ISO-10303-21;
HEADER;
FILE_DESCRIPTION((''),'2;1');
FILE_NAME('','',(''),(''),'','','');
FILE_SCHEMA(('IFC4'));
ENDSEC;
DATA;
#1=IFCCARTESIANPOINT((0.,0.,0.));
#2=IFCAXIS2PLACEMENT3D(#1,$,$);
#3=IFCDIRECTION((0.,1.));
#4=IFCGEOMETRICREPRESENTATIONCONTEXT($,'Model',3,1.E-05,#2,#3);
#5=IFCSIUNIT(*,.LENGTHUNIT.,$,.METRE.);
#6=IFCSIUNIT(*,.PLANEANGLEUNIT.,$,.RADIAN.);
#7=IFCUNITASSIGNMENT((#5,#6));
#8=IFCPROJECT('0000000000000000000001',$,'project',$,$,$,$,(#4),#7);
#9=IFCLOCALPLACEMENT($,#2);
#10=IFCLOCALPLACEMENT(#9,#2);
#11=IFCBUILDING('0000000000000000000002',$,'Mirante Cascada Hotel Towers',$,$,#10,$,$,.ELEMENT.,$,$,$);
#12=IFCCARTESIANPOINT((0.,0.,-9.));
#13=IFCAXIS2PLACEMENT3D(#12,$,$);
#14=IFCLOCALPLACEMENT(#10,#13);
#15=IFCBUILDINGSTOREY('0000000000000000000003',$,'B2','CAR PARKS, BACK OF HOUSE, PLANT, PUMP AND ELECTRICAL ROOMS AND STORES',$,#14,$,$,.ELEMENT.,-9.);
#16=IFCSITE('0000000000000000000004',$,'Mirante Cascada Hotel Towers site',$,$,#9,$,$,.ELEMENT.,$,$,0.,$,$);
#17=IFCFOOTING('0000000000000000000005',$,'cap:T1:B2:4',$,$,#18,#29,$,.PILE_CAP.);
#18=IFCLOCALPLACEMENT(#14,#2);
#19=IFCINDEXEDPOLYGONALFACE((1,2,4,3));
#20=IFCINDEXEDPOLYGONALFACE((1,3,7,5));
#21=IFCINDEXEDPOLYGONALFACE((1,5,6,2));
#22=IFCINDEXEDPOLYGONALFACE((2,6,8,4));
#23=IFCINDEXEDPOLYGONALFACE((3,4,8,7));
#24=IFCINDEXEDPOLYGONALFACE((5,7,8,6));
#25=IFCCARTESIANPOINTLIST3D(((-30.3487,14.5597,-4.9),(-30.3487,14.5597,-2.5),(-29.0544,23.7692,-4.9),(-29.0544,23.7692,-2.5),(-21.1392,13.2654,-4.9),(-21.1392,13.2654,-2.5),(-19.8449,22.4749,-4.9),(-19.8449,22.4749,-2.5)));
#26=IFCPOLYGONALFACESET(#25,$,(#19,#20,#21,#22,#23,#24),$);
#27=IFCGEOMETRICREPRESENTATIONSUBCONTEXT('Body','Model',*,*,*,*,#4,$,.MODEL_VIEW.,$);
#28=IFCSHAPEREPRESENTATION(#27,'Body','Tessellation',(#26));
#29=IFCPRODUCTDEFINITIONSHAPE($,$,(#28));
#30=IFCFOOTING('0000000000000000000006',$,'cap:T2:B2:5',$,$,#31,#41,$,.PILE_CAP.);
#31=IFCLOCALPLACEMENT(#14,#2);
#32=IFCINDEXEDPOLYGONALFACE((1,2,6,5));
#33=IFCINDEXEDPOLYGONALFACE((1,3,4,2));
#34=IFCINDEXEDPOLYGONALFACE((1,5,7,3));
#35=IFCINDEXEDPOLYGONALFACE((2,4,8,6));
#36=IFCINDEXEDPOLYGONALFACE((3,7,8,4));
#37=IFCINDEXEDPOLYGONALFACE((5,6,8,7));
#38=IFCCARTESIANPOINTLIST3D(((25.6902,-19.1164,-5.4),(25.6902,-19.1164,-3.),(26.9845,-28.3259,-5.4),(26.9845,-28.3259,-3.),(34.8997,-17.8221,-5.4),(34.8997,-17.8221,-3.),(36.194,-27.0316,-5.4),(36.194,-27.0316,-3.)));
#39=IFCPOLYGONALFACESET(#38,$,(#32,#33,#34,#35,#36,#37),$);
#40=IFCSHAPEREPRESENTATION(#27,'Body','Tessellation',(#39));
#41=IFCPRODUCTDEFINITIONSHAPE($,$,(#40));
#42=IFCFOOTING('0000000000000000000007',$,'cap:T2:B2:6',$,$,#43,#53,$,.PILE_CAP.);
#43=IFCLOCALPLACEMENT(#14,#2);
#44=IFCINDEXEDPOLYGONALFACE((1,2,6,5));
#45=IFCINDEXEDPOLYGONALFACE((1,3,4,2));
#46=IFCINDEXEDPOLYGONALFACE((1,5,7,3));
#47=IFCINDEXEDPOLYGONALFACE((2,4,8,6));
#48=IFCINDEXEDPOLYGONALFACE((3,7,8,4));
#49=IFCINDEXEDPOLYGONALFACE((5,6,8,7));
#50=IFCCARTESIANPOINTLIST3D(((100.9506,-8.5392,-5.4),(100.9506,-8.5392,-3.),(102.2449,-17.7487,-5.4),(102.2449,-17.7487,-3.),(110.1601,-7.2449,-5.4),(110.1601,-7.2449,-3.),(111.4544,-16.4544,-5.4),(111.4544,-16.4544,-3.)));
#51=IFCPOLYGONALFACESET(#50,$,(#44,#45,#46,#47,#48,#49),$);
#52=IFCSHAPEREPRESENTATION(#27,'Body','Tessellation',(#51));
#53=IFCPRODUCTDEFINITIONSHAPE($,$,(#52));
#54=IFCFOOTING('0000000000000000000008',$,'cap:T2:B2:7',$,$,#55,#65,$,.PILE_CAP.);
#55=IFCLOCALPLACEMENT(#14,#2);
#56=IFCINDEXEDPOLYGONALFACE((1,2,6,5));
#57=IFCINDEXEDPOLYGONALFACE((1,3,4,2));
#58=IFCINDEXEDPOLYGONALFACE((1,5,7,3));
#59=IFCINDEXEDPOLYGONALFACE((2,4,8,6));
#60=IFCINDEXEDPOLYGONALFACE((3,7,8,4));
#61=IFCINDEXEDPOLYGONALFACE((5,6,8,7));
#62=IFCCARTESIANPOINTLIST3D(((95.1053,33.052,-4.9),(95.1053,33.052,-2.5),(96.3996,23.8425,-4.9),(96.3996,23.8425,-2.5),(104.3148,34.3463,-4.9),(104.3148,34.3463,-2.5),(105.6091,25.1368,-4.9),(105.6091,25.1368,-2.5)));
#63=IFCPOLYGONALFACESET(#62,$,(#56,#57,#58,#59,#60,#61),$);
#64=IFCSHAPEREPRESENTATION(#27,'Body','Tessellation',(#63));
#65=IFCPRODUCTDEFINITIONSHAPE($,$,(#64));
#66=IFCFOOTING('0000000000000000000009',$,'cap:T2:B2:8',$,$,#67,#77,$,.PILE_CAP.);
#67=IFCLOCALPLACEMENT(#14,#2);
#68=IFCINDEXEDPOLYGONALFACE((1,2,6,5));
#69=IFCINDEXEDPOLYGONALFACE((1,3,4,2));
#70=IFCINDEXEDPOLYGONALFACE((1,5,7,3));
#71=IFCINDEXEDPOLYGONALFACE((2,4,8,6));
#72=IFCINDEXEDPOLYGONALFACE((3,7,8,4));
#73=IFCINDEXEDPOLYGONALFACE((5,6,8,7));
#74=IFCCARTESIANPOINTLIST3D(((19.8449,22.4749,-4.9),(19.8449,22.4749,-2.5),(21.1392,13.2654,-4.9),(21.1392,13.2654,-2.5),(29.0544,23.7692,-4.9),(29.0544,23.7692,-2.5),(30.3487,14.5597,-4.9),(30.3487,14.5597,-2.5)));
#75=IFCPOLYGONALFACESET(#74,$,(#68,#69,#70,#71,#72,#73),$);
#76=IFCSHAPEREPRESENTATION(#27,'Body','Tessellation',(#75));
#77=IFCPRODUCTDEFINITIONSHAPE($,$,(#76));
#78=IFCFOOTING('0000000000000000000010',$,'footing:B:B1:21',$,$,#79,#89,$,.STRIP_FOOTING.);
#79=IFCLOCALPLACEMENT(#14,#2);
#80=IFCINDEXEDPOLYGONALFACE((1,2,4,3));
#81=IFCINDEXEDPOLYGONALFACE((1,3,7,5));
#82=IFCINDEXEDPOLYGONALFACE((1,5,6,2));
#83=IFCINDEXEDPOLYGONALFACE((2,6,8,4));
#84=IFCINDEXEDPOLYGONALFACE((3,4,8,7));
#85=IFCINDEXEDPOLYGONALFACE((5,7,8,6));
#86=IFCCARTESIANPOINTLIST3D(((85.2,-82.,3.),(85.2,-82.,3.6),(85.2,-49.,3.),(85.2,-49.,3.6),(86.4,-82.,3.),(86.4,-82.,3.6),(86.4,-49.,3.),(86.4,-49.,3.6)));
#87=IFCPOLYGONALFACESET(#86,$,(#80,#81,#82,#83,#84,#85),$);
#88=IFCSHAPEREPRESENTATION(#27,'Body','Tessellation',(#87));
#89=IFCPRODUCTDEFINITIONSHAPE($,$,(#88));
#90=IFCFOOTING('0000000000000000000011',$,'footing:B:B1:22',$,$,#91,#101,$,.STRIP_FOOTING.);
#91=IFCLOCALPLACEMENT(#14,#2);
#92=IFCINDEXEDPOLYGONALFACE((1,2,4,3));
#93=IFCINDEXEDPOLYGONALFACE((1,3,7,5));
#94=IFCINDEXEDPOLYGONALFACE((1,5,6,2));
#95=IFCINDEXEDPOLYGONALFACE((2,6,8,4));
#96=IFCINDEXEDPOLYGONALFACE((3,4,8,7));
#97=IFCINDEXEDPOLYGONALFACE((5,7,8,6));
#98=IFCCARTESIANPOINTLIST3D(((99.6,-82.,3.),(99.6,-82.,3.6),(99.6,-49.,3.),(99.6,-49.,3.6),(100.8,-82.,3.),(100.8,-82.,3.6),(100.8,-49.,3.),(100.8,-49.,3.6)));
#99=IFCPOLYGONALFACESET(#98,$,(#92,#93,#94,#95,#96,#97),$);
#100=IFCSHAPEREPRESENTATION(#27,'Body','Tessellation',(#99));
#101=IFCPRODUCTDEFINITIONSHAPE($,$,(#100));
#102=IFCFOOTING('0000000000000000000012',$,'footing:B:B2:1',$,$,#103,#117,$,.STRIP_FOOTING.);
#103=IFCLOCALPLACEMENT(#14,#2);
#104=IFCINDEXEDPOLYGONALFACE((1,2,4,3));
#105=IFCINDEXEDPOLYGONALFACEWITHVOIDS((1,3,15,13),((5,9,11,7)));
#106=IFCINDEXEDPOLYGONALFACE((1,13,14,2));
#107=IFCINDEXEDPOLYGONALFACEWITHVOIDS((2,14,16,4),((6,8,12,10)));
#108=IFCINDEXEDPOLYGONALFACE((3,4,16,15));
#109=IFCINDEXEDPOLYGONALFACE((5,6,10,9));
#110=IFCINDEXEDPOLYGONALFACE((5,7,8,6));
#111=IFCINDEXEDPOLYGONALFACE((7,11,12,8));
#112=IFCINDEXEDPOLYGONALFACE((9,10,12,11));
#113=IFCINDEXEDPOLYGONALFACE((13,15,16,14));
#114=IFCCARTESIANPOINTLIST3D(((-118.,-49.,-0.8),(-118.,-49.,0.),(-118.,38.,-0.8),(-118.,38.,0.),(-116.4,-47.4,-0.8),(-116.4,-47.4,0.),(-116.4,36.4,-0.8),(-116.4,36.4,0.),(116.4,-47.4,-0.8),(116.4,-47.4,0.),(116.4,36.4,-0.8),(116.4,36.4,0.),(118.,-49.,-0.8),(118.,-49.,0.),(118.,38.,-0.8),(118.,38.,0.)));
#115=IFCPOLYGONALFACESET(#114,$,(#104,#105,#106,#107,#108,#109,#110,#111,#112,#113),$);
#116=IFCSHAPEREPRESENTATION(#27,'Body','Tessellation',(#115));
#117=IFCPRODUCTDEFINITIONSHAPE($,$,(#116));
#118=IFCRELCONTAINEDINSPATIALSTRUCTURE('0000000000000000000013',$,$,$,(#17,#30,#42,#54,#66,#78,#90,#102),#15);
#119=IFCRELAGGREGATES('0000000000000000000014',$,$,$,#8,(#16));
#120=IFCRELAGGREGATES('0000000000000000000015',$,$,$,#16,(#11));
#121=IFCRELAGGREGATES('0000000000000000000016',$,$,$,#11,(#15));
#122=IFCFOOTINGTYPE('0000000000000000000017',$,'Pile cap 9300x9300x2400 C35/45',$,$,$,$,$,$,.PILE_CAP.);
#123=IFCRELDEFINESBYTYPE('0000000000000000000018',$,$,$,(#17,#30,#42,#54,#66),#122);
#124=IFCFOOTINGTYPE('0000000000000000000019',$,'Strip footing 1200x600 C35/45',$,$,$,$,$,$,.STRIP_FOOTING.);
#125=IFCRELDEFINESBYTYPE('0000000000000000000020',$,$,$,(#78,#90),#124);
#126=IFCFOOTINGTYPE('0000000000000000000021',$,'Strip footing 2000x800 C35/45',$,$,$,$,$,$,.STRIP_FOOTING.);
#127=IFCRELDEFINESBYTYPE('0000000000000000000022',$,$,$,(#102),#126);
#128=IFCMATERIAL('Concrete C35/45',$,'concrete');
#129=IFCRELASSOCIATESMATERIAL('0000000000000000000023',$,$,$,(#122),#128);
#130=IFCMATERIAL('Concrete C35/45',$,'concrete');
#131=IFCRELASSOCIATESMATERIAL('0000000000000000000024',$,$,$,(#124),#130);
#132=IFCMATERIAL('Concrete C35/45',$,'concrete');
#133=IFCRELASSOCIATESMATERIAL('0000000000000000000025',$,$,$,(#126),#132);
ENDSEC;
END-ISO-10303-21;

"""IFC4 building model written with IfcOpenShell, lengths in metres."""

from ifc_helpers import new_model, si_unit, direction, frame, origin, place, context, subcontext, project, spatial, polyline, outline, extrude, material, type_object, element, save


model = new_model("IFC4")

# Units and contexts
model_context = context("Model", 3, precision=1e-05, world=origin(), true_north=direction((0.0, 1.0)))
body_context = subcontext(model_context, "Body", "Model", "MODEL_VIEW")
ifc_project = project(units=[si_unit("LENGTHUNIT", "METRE"), si_unit("PLANEANGLEUNIT", "RADIAN")], contexts=[model_context])

# Site, building, storey
site_placement = place(None, origin())
site = spatial("IfcSite", under=ifc_project, at=site_placement, Name="Mirante Cascada Hotel Towers site", CompositionType="ELEMENT", RefElevation=0.0)
building_placement = place(site_placement, origin())
building = spatial("IfcBuilding", under=site, at=building_placement, Name="Mirante Cascada Hotel Towers", CompositionType="ELEMENT")
storey_placement = place(building_placement, frame((0.0, 0.0, -9.0)))
storey = spatial("IfcBuildingStorey", under=building, at=storey_placement, Name="B2", Description="CAR PARKS, BACK OF HOUSE, PLANT, PUMP AND ELECTRICAL ROOMS AND STORES", CompositionType="ELEMENT", Elevation=-9.0)

# Footings
ifc_material_1 = material(Name="Concrete C35/45", Category="concrete")
footing_type_1 = type_object("IfcFootingType", Name="Pile cap 9300x9300x2400 C35/45", PredefinedType="PILE_CAP", material=ifc_material_1)
footing_1_placement = place(storey_placement, frame((0.0, 0.0, -4.9)))
element("IfcFooting", 1, at=footing_1_placement, inside=storey, type_object=footing_type_1, Name="cap:T1:B2:4", PredefinedType="PILE_CAP", context=body_context, shape_type="SweptSolid", body=[
    extrude(outline(polyline([(-30.3487, 14.5597), (-29.0544, 23.7692), (-19.8449, 22.4749), (-21.1392, 13.2654), (-30.3487, 14.5597)])), origin(), (0.0, 0.0, 1.0), 2.4),
])
footing_2_placement = place(storey_placement, frame((0.0, 0.0, -5.4)))
element("IfcFooting", 2, at=footing_2_placement, inside=storey, type_object=footing_type_1, Name="cap:T2:B2:5", PredefinedType="PILE_CAP", context=body_context, shape_type="SweptSolid", body=[
    extrude(outline(polyline([(36.194, -27.0316), (34.8997, -17.8221), (25.6902, -19.1164), (26.9845, -28.3259), (36.194, -27.0316)])), origin(), (0.0, 0.0, 1.0), 2.4),
])
footing_3_placement = place(storey_placement, frame((0.0, 0.0, -5.4)))
element("IfcFooting", 3, at=footing_3_placement, inside=storey, type_object=footing_type_1, Name="cap:T2:B2:6", PredefinedType="PILE_CAP", context=body_context, shape_type="SweptSolid", body=[
    extrude(outline(polyline([(111.4544, -16.4544), (110.1601, -7.2449), (100.9506, -8.5392), (102.2449, -17.7487), (111.4544, -16.4544)])), origin(), (0.0, 0.0, 1.0), 2.4),
])
footing_4_placement = place(storey_placement, frame((0.0, 0.0, -4.9)))
element("IfcFooting", 4, at=footing_4_placement, inside=storey, type_object=footing_type_1, Name="cap:T2:B2:7", PredefinedType="PILE_CAP", context=body_context, shape_type="SweptSolid", body=[
    extrude(outline(polyline([(105.6091, 25.1368), (104.3148, 34.3463), (95.1053, 33.052), (96.3996, 23.8425), (105.6091, 25.1368)])), origin(), (0.0, 0.0, 1.0), 2.4),
])
footing_5_placement = place(storey_placement, frame((0.0, 0.0, -4.9)))
element("IfcFooting", 5, at=footing_5_placement, inside=storey, type_object=footing_type_1, Name="cap:T2:B2:8", PredefinedType="PILE_CAP", context=body_context, shape_type="SweptSolid", body=[
    extrude(outline(polyline([(30.3487, 14.5597), (29.0544, 23.7692), (19.8449, 22.4749), (21.1392, 13.2654), (30.3487, 14.5597)])), origin(), (0.0, 0.0, 1.0), 2.4),
])
ifc_material_2 = material(Name="Concrete C35/45", Category="concrete")
footing_type_2 = type_object("IfcFootingType", Name="Strip footing 1200x600 C35/45", PredefinedType="STRIP_FOOTING", material=ifc_material_2)
footing_6_placement = place(storey_placement, frame((0.0, 0.0, 3.0)))
element("IfcFooting", 6, at=footing_6_placement, inside=storey, type_object=footing_type_2, Name="footing:B:B1:21", PredefinedType="STRIP_FOOTING", context=body_context, shape_type="SweptSolid", body=[
    extrude(outline(polyline([(85.2, -82.0), (86.4, -82.0), (86.4, -49.0), (85.2, -49.0), (85.2, -82.0)])), origin(), (0.0, 0.0, 1.0), 0.6),
])
footing_7_placement = place(storey_placement, frame((0.0, 0.0, 3.0)))
element("IfcFooting", 7, at=footing_7_placement, inside=storey, type_object=footing_type_2, Name="footing:B:B1:22", PredefinedType="STRIP_FOOTING", context=body_context, shape_type="SweptSolid", body=[
    extrude(outline(polyline([(99.6, -82.0), (100.8, -82.0), (100.8, -49.0), (99.6, -49.0), (99.6, -82.0)])), origin(), (0.0, 0.0, 1.0), 0.6),
])
ifc_material_3 = material(Name="Concrete C35/45", Category="concrete")
footing_type_3 = type_object("IfcFootingType", Name="Strip footing 2000x800 C35/45", PredefinedType="STRIP_FOOTING", material=ifc_material_3)
footing_8_placement = place(storey_placement, frame((0.0, 0.0, -0.8)))
element("IfcFooting", 8, at=footing_8_placement, inside=storey, type_object=footing_type_3, Name="footing:B:B2:1", PredefinedType="STRIP_FOOTING", context=body_context, shape_type="SweptSolid", body=[
    extrude(outline(polyline([(-118.0, 38.0), (118.0, 38.0), (118.0, -49.0), (-118.0, -49.0), (-118.0, 38.0)]), holes=[polyline([(-116.4, -47.4), (116.4, -47.4), (116.4, 36.4), (-116.4, 36.4), (-116.4, -47.4)])]), origin(), (0.0, 0.0, 1.0), 0.8),
])

save(model, "model.ifc")
